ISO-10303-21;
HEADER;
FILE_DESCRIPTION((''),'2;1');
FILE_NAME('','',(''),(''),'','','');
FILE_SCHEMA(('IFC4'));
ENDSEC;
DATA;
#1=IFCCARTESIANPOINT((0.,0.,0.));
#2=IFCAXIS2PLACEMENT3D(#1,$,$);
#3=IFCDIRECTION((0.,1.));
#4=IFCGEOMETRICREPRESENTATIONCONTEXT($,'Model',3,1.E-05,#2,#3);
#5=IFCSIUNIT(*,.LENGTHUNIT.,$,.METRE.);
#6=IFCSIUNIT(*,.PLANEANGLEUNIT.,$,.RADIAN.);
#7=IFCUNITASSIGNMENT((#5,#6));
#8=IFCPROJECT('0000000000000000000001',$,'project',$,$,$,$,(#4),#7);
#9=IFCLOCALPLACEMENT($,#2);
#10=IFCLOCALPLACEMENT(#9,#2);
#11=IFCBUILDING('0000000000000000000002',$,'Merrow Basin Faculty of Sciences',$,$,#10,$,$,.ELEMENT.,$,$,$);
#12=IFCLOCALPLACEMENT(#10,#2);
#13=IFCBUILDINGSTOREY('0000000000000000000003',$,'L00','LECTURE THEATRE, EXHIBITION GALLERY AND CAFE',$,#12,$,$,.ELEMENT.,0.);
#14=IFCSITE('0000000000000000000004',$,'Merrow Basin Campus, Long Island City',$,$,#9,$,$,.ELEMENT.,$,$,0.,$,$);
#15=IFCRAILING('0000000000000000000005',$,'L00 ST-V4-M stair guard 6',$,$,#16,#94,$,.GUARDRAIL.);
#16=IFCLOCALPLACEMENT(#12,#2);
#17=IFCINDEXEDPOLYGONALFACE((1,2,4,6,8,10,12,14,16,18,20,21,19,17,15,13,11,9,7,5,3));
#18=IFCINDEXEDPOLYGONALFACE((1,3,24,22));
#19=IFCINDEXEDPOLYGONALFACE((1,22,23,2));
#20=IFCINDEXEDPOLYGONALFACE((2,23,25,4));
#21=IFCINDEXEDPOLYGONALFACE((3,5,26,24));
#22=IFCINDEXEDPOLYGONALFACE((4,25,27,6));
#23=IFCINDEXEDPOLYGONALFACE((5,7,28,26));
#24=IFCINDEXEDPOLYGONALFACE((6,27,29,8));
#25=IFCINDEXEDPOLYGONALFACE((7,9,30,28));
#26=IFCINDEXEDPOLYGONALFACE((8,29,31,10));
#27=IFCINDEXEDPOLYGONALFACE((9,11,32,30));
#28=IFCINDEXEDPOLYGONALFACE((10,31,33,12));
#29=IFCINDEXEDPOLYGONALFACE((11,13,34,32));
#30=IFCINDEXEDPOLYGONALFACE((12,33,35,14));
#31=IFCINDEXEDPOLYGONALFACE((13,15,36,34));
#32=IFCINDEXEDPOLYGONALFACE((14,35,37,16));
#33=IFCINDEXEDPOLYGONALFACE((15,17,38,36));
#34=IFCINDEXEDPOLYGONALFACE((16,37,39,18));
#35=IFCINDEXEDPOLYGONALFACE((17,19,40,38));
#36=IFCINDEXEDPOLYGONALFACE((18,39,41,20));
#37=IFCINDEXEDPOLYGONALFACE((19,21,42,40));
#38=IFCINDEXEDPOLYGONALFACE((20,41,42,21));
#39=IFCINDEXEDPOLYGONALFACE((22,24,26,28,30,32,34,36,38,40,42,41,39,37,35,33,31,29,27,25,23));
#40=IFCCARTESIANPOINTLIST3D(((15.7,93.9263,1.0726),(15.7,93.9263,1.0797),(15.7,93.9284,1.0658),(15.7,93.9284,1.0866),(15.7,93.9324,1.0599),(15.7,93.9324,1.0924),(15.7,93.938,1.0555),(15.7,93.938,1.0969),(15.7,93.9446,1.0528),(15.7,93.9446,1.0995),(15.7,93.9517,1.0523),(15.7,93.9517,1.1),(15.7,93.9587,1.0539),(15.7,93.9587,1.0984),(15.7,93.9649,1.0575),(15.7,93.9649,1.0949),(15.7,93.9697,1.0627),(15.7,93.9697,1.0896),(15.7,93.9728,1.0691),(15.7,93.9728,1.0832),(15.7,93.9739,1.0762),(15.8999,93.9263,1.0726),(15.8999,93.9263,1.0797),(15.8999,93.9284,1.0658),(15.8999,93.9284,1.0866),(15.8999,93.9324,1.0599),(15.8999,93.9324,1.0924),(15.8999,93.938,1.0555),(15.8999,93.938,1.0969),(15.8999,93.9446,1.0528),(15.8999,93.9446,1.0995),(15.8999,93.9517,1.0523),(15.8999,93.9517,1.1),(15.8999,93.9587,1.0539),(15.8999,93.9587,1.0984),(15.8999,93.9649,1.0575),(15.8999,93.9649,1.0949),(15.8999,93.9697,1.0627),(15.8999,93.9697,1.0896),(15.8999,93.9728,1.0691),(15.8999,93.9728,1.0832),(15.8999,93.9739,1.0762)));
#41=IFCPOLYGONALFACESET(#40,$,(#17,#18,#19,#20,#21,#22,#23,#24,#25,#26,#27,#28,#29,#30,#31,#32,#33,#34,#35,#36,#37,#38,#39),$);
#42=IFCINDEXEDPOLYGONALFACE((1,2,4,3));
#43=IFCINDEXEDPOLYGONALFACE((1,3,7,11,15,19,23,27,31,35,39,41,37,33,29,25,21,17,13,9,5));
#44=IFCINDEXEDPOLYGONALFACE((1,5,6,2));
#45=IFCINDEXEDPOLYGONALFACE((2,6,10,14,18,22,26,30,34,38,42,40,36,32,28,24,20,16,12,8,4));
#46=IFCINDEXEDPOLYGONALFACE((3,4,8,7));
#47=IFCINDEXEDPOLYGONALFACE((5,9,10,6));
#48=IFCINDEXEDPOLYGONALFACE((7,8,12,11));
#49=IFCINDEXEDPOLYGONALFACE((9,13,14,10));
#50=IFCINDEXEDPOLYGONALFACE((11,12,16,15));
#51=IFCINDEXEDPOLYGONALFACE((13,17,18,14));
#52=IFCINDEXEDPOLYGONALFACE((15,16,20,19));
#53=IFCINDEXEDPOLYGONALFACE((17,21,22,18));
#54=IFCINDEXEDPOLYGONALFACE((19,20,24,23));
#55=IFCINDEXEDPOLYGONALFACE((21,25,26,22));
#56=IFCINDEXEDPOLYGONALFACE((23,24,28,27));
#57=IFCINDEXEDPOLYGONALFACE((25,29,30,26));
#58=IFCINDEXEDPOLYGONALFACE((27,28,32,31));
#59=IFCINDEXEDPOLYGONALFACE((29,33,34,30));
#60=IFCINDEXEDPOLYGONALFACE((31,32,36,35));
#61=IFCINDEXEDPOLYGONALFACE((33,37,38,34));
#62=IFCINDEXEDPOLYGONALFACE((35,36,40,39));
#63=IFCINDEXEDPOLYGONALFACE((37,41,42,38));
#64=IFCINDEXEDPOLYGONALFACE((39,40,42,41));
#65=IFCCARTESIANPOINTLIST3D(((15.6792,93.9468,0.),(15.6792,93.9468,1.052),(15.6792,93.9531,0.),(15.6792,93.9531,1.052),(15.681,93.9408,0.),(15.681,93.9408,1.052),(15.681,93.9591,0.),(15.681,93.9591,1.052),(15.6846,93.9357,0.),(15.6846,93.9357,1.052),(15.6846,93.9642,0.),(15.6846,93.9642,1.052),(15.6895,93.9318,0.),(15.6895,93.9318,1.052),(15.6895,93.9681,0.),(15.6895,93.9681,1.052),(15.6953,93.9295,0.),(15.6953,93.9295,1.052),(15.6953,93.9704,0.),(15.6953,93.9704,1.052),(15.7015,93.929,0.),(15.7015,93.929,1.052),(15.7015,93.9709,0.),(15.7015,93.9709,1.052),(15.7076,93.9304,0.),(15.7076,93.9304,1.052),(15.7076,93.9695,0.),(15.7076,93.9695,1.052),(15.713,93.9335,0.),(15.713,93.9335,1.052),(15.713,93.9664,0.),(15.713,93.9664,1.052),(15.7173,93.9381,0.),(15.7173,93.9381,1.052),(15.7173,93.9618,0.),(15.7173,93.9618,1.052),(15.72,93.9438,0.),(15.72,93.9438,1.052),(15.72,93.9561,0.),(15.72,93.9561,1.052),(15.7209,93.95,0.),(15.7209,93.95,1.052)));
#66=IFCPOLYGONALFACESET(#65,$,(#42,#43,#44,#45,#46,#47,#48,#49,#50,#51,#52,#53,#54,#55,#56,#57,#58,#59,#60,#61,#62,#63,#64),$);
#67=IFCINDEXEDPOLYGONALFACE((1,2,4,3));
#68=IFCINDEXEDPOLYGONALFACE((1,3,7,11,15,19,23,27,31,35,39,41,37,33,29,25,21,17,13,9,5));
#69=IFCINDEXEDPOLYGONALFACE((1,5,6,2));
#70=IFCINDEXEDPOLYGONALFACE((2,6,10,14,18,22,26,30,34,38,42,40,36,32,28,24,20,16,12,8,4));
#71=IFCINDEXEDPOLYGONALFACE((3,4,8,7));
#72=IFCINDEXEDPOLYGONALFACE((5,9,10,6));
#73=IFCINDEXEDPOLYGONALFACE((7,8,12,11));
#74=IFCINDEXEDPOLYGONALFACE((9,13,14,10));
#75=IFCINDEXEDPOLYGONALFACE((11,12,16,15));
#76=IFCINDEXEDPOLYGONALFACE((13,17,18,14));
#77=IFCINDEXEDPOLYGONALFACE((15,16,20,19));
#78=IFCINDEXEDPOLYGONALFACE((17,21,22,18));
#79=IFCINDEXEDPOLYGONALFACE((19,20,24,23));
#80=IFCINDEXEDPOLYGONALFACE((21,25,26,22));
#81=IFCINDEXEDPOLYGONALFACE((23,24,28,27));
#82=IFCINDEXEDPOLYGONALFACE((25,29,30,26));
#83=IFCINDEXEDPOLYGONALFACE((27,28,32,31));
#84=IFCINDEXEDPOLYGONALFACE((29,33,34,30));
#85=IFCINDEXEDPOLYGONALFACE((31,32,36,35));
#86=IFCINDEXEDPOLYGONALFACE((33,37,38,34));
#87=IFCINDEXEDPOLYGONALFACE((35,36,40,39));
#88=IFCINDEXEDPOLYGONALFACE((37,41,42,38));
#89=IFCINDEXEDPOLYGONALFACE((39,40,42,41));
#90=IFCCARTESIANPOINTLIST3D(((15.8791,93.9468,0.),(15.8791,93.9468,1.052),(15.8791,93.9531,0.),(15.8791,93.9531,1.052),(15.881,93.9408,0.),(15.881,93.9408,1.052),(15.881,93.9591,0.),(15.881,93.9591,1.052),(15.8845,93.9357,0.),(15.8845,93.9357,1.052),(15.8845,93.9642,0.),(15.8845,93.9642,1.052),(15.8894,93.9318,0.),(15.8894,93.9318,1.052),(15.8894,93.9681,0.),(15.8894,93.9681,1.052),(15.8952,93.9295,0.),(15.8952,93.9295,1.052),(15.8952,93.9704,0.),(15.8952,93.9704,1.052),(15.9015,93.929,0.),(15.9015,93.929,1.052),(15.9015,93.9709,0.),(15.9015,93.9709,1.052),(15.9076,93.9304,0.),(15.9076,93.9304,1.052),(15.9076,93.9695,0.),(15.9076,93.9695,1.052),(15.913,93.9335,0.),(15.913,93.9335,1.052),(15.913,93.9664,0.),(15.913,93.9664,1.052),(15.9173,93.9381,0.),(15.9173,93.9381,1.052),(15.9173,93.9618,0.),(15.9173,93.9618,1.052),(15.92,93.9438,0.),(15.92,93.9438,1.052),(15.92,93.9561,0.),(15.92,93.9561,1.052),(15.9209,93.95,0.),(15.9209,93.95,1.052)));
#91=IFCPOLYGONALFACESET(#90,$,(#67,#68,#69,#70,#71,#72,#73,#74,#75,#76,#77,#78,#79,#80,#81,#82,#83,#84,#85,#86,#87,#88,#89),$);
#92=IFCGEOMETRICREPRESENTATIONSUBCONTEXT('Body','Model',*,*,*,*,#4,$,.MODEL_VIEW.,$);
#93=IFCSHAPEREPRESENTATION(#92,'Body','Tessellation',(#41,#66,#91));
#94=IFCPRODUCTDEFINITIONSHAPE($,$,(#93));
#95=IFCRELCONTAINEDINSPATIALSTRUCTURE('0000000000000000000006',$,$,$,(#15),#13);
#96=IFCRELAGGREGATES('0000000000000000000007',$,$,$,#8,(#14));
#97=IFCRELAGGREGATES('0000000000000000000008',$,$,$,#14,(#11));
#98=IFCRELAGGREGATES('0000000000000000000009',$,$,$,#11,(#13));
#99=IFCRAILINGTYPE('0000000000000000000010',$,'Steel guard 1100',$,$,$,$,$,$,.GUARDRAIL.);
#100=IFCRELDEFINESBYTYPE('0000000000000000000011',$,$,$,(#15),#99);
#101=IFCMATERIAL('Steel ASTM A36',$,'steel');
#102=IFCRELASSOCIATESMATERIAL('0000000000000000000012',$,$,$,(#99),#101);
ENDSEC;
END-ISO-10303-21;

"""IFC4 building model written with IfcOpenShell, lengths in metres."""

from ifc_helpers import new_model, si_unit, direction, frame, origin, origin_2d, place, context, subcontext, project, spatial, circle, extrude, material, type_object, element, save


model = new_model("IFC4")

# Units and contexts
model_context = context("Model", 3, precision=1e-05, world=origin(), true_north=direction((0.0, 1.0)))
body_context = subcontext(model_context, "Body", "Model", "MODEL_VIEW")
ifc_project = project(units=[si_unit("LENGTHUNIT", "METRE"), si_unit("PLANEANGLEUNIT", "RADIAN")], contexts=[model_context])

# Site, building, storey
site_placement = place(None, origin())
site = spatial("IfcSite", under=ifc_project, at=site_placement, Name="Merrow Basin Campus, Long Island City", CompositionType="ELEMENT", RefElevation=0.0)
building_placement = place(site_placement, origin())
building = spatial("IfcBuilding", under=site, at=building_placement, Name="Merrow Basin Faculty of Sciences", CompositionType="ELEMENT")
storey_placement = place(building_placement, origin())
storey = spatial("IfcBuildingStorey", under=building, at=storey_placement, Name="L00", Description="LECTURE THEATRE, EXHIBITION GALLERY AND CAFE", CompositionType="ELEMENT", Elevation=0.0)

# Railing
ifc_material_1 = material(Name="Steel ASTM A36", Category="steel")
railing_type_1 = type_object("IfcRailingType", Name="Steel guard 1100", PredefinedType="GUARDRAIL", material=ifc_material_1)
railing_1_placement = place(storey_placement, frame((15.7, 93.95, 0.0)))
element("IfcRailing", 1, at=railing_1_placement, inside=storey, type_object=railing_type_1, Name="L00 ST-V4-M stair guard 6", PredefinedType="GUARDRAIL", context=body_context, shape_type="SweptSolid", body=[
    extrude(circle(Radius=0.0239, at=origin_2d()), frame((0.0, 0.0, 1.0762), z_axis=(1.0, 0.0, 0.0), x_axis=(0.0, 1.0, 0.0)), (0.0, 0.0, 1.0), 0.2),
    extrude(circle(Radius=0.021, at=origin_2d()), origin(), (0.0, 0.0, 1.0), 1.052),
    extrude(circle(Radius=0.021, at=origin_2d()), frame((0.2, 0.0, 0.0)), (0.0, 0.0, 1.0), 1.052),
])

save(model, "model.ifc")
